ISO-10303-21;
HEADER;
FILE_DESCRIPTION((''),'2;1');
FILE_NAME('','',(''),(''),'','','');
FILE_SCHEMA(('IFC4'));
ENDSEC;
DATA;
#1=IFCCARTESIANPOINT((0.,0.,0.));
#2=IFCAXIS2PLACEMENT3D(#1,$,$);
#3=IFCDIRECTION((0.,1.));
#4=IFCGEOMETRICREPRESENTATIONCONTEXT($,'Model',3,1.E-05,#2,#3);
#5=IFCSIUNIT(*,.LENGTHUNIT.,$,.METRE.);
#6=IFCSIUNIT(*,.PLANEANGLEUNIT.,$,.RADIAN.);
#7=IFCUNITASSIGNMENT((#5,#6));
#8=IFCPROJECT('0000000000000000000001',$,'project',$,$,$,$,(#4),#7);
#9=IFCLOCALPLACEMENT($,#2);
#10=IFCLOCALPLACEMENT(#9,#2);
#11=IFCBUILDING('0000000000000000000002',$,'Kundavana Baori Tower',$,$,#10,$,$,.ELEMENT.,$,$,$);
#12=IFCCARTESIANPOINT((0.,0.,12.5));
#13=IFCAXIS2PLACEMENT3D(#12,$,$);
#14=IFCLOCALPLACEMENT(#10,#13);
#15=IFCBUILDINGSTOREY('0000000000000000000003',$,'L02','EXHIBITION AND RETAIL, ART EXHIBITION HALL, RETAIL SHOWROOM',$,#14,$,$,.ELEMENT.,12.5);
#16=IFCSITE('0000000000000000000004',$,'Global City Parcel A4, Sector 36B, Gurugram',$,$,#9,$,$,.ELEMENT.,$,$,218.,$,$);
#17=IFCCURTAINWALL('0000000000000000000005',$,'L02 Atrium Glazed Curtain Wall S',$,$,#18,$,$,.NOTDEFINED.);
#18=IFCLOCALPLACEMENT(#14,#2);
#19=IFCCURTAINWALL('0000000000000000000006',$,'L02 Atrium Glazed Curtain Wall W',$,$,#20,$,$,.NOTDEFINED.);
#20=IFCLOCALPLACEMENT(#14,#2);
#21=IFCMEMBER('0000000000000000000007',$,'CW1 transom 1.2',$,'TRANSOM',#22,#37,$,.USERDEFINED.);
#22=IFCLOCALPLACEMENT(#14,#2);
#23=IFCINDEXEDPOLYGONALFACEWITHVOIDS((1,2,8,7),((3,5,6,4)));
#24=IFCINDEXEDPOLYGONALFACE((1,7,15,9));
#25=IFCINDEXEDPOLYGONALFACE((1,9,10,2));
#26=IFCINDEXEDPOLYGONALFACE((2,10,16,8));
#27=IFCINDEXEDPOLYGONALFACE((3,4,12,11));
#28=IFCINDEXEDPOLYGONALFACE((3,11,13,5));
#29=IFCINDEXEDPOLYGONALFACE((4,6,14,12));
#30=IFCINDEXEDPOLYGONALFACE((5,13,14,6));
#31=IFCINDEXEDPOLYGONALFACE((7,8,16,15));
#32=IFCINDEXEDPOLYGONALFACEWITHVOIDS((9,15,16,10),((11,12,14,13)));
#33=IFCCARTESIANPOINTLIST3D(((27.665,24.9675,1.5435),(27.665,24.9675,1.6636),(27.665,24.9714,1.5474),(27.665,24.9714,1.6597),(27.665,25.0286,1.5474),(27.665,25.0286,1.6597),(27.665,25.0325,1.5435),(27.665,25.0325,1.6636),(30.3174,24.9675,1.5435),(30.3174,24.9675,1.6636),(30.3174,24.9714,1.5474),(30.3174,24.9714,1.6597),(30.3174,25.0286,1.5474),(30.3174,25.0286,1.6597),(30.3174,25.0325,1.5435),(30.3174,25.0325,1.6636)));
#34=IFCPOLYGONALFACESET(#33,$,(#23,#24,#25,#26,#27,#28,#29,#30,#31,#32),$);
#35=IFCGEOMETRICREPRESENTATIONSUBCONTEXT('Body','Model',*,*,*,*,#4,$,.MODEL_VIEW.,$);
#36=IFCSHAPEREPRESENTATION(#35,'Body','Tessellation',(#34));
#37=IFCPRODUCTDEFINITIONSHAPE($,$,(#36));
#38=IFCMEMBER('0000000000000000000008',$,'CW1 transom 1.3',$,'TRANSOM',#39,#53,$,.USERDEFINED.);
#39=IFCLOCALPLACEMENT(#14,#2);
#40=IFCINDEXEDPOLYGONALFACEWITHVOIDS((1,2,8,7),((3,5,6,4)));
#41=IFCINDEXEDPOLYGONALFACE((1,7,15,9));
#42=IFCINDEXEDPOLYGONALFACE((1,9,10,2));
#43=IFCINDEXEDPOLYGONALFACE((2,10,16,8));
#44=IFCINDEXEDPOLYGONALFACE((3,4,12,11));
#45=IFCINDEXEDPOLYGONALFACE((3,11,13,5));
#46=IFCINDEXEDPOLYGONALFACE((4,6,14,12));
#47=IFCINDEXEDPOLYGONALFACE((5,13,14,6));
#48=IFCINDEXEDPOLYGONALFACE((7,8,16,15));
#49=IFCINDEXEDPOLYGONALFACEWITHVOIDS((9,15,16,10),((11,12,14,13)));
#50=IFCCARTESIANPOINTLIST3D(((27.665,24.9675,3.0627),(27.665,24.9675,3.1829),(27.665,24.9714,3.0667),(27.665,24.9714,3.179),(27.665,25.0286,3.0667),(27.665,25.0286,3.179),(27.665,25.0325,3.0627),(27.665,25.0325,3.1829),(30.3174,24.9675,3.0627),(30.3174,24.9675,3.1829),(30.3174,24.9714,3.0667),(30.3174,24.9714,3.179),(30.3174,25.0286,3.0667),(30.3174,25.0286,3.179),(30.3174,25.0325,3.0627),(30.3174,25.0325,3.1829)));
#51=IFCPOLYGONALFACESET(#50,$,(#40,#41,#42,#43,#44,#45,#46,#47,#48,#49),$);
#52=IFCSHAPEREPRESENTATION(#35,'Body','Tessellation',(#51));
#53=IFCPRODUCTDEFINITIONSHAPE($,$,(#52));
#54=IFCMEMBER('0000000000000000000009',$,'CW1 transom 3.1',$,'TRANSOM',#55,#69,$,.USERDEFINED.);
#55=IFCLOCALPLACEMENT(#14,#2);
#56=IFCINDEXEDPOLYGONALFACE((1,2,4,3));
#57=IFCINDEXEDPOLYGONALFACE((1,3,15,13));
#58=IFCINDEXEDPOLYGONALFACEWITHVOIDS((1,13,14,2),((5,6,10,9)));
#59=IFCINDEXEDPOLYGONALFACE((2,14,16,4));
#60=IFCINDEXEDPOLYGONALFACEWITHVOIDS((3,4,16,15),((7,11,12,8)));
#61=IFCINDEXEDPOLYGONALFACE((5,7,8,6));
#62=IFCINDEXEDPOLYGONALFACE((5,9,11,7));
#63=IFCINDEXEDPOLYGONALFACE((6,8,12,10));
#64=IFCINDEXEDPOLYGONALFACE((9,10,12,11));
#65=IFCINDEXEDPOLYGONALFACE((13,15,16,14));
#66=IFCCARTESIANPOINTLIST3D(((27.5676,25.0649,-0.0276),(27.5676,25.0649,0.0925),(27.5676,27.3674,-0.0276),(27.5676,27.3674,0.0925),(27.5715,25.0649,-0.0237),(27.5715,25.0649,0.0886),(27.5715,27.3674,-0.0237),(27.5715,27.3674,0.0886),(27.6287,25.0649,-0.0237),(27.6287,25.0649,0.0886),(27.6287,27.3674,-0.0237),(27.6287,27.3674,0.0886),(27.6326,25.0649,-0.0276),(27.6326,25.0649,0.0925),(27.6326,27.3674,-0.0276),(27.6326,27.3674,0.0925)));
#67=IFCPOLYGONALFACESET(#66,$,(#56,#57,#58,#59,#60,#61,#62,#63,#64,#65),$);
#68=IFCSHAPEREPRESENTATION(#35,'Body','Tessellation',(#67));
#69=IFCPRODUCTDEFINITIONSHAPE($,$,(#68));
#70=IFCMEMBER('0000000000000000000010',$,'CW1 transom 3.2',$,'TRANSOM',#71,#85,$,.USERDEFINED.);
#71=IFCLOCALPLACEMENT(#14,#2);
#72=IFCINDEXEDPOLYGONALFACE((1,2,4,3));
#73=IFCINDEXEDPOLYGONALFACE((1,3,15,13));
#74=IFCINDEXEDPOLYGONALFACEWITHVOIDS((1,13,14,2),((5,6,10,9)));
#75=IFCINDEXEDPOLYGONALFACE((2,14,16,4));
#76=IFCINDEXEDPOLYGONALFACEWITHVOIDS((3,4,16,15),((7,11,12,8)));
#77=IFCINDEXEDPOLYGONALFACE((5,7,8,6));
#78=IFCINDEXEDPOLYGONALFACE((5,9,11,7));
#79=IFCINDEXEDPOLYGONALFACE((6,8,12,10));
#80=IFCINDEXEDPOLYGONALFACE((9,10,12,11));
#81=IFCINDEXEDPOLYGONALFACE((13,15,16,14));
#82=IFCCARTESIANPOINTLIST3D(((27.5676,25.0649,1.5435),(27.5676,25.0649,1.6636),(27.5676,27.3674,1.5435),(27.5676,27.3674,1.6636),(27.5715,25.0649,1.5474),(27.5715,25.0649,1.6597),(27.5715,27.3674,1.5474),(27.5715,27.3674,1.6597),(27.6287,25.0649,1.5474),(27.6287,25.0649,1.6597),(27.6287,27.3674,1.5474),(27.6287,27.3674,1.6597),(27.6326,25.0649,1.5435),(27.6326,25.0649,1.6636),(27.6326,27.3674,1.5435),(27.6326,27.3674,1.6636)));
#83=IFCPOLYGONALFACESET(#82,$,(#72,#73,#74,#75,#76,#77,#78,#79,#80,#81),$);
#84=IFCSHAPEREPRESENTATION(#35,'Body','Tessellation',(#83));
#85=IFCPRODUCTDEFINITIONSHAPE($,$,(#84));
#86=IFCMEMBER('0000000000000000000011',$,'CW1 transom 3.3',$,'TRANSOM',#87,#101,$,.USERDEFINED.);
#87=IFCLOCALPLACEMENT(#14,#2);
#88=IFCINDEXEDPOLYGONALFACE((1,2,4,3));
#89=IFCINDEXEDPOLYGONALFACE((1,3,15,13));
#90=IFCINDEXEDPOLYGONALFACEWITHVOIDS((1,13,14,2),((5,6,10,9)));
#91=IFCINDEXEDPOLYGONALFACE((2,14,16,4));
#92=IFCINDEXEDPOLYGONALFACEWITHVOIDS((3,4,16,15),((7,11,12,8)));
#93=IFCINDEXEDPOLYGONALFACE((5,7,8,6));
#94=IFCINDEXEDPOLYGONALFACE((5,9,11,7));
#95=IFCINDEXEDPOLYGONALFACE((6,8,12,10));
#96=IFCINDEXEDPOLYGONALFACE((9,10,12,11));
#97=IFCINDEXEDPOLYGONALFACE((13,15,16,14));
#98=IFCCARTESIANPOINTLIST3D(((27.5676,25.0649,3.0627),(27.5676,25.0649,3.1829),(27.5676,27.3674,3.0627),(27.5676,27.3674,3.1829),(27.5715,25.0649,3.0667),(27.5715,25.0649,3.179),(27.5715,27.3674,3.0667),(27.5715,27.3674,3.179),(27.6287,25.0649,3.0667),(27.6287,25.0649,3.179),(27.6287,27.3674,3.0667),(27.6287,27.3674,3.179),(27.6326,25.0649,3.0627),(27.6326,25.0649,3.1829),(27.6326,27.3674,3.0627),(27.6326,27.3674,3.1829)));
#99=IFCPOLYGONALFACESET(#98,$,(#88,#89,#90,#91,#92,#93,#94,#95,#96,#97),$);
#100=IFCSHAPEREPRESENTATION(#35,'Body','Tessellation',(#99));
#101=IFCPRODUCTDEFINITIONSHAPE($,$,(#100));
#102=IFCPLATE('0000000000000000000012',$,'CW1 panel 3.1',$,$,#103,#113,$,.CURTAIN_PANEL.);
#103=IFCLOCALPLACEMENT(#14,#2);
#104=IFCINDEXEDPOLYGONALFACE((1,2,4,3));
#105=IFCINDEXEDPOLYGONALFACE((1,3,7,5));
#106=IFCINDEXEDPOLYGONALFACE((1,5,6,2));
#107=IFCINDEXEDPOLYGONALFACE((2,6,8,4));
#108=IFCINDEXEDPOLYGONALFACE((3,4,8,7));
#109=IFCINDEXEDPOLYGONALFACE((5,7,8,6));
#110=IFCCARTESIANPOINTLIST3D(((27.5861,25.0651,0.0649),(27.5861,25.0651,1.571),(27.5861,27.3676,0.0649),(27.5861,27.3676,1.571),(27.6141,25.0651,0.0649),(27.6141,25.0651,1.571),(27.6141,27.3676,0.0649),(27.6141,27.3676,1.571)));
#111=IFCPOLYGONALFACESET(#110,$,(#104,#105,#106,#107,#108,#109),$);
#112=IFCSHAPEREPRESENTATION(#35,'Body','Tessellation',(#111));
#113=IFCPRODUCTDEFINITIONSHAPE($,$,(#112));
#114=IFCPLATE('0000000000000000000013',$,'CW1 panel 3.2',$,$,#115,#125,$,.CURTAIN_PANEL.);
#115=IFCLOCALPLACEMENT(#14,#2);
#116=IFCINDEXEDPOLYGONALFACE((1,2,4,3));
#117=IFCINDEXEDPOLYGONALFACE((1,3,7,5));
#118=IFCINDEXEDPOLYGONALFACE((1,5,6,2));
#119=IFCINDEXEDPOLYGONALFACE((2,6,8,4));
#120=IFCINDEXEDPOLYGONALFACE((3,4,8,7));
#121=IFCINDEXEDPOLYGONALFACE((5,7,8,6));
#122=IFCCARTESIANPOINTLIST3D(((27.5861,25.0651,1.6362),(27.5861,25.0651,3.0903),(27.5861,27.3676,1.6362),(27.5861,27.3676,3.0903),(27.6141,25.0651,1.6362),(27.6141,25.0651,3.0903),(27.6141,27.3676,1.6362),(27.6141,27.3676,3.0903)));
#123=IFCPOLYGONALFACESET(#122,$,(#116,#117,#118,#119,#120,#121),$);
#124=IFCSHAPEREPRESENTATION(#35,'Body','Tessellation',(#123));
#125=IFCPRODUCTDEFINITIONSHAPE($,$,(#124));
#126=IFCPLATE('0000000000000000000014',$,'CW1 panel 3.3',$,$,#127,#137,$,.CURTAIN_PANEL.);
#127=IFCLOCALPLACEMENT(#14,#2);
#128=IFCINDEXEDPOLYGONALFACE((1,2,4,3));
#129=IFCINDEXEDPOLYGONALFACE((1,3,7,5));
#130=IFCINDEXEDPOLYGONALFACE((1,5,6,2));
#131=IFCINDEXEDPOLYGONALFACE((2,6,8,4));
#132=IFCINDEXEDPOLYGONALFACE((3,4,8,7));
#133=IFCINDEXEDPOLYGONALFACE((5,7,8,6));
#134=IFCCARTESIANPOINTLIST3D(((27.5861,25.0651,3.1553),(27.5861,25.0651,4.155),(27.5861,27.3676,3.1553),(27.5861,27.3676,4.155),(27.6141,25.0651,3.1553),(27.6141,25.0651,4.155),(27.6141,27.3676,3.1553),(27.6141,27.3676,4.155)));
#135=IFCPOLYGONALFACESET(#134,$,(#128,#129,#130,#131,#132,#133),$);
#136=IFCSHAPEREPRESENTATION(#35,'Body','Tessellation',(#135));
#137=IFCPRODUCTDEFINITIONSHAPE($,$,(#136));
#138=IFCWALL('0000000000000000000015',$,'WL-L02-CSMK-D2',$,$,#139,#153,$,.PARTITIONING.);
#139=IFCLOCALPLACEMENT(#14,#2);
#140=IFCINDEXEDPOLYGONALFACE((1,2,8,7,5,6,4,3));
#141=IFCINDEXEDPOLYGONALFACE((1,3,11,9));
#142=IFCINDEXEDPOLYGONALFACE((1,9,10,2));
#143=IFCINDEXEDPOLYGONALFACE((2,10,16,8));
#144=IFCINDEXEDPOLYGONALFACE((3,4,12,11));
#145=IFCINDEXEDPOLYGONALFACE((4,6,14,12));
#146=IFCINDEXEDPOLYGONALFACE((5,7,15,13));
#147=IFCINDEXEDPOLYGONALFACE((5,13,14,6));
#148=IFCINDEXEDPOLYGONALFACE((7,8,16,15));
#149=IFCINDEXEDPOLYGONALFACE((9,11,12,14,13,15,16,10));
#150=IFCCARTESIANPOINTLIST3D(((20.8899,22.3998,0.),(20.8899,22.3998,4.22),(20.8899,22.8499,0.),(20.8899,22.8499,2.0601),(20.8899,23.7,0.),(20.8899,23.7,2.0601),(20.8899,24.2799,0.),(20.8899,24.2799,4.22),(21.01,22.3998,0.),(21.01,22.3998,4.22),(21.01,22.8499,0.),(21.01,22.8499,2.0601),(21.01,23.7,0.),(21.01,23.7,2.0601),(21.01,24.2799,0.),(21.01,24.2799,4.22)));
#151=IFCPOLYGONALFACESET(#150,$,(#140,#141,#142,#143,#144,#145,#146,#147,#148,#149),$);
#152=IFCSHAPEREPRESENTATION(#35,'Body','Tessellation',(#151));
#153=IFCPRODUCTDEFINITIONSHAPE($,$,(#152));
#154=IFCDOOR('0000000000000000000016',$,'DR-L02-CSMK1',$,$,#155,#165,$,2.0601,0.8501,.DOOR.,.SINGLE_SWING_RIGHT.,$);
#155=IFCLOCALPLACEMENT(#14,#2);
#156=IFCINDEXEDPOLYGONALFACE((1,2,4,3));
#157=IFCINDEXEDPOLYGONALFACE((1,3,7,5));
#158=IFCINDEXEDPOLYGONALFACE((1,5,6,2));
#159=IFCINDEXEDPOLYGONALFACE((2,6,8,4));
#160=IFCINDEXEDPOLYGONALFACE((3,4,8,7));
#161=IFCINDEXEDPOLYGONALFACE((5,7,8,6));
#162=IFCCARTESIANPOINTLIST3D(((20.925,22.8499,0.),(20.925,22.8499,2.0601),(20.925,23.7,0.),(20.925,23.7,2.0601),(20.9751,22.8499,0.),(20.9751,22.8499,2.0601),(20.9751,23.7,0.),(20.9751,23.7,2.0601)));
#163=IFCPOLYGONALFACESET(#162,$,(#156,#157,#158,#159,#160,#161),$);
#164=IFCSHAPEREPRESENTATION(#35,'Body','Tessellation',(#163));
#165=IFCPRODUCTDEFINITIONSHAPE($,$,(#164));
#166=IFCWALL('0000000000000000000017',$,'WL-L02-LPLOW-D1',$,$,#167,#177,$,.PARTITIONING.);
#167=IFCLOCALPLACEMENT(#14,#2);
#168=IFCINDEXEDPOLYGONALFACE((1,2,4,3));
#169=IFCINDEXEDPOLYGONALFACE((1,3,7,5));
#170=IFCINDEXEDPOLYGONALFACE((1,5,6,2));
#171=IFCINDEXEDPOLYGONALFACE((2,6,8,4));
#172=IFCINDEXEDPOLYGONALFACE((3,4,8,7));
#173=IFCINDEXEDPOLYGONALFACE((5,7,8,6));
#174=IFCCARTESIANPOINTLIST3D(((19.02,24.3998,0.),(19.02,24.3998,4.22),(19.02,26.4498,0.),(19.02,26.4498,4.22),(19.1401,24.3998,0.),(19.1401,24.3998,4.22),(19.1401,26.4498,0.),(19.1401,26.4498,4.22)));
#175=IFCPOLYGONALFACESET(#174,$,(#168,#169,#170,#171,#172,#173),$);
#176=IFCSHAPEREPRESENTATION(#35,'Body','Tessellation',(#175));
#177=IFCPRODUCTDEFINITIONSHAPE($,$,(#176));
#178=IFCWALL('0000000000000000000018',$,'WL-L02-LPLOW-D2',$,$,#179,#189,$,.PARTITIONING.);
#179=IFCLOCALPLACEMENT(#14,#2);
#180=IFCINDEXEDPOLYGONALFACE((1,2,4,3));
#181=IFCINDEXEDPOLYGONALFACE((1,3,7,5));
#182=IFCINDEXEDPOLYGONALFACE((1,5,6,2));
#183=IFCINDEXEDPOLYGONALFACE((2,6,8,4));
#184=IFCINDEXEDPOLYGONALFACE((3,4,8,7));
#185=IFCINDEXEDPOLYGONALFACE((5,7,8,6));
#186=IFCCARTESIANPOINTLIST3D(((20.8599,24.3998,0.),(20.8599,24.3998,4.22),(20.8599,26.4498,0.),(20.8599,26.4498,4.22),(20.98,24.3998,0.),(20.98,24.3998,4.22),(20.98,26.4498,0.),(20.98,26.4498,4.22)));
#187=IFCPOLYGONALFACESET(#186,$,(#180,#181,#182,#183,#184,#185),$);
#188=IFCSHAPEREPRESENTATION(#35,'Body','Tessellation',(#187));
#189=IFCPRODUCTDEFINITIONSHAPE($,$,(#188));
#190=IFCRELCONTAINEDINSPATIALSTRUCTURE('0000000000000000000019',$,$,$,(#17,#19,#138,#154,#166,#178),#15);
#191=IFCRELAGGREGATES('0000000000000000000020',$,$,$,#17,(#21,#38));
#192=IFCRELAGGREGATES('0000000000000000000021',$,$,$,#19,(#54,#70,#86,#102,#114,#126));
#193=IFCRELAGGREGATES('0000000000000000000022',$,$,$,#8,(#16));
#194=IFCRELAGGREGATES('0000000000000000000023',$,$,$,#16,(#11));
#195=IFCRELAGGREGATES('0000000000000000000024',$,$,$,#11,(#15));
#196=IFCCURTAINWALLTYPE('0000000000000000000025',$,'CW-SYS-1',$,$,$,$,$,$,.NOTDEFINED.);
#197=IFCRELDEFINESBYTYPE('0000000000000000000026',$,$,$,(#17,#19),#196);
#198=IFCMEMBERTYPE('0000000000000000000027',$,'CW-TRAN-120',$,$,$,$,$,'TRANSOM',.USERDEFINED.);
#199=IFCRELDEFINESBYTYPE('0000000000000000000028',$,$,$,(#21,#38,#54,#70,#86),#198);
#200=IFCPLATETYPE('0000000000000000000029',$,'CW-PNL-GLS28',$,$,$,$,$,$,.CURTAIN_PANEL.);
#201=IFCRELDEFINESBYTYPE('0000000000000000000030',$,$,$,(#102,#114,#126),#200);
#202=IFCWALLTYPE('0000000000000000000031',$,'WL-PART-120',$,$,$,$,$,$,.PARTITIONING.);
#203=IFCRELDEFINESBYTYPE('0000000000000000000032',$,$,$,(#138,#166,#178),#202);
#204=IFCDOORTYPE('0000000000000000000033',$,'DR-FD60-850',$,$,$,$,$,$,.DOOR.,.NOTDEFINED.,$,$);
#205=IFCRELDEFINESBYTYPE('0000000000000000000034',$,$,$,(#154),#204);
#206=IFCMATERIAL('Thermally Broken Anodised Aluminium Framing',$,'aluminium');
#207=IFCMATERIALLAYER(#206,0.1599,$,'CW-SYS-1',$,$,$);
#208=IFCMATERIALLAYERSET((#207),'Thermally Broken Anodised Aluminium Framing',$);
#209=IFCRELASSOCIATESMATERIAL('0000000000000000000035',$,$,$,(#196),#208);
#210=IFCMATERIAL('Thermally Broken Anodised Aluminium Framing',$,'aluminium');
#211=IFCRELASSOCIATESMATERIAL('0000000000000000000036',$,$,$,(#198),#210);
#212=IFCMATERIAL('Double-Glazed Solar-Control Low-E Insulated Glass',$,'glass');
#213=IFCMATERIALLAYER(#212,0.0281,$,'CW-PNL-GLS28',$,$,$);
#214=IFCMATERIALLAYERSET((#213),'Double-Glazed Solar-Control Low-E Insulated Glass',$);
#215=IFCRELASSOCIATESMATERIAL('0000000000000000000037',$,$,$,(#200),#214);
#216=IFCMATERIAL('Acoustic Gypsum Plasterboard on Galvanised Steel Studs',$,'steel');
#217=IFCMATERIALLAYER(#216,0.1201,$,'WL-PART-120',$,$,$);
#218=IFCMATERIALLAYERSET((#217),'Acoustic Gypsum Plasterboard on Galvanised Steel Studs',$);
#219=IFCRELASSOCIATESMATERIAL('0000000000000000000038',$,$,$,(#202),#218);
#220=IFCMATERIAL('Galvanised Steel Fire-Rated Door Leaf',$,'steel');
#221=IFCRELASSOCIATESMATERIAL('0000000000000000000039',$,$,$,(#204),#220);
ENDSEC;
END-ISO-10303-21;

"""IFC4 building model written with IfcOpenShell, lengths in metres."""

from ifc_helpers import new_model, si_unit, direction, frame, frame_2d, origin, origin_2d, place, context, subcontext, project, spatial, rectangle, hollow_rectangle, extrude, material, layer, layer_set, material_profile, profile_set, type_object, element, fill, aggregate, save


model = new_model("IFC4")

# Units and contexts
model_context = context("Model", 3, precision=1e-05, world=origin(), true_north=direction((0.0, 1.0)))
body_context = subcontext(model_context, "Body", "Model", "MODEL_VIEW")
ifc_project = project(units=[si_unit("LENGTHUNIT", "METRE"), si_unit("PLANEANGLEUNIT", "RADIAN")], contexts=[model_context])

# Site, building, storey
site_placement = place(None, origin())
site = spatial("IfcSite", under=ifc_project, at=site_placement, Name="Global City Parcel A4, Sector 36B, Gurugram", CompositionType="ELEMENT", RefElevation=218.0)
building_placement = place(site_placement, origin())
building = spatial("IfcBuilding", under=site, at=building_placement, Name="Kundavana Baori Tower", CompositionType="ELEMENT")
storey_placement = place(building_placement, frame((0.0, 0.0, 12.5)))
storey = spatial("IfcBuildingStorey", under=building, at=storey_placement, Name="L02", Description="EXHIBITION AND RETAIL, ART EXHIBITION HALL, RETAIL SHOWROOM", CompositionType="ELEMENT", Elevation=12.5)

# Curtain walls
ifc_material_1 = material(Name="Thermally Broken Anodised Aluminium Framing", Category="aluminium")
ifc_layer_1 = layer(ifc_material_1, 0.1599, Name="CW-SYS-1")
ifc_layer_set_1 = layer_set([ifc_layer_1], Name="Thermally Broken Anodised Aluminium Framing")
curtain_wall_type = type_object("IfcCurtainWallType", Name="CW-SYS-1", PredefinedType="NOTDEFINED", material=ifc_layer_set_1)
curtain_wall_1_placement = place(storey_placement, origin())
curtain_wall_1 = element("IfcCurtainWall", 1, at=curtain_wall_1_placement, inside=storey, type_object=curtain_wall_type, Name="L02 Atrium Glazed Curtain Wall S", PredefinedType="NOTDEFINED")
curtain_wall_2_placement = place(storey_placement, origin())
curtain_wall_2 = element("IfcCurtainWall", 2, at=curtain_wall_2_placement, inside=storey, type_object=curtain_wall_type, Name="L02 Atrium Glazed Curtain Wall W", PredefinedType="NOTDEFINED")

# Members
ifc_material_2 = material(Name="Thermally Broken Anodised Aluminium Framing", Category="aluminium")
ifc_material_profile_1 = material_profile(ifc_material_2, hollow_rectangle(XDim=0.0649, YDim=0.1201, WallThickness=0.0039, at=origin_2d()), Name="CW-TRAN-120")
ifc_profile_set_1 = profile_set([ifc_material_profile_1], Name="Thermally Broken Anodised Aluminium Framing")
member_type_1 = type_object("IfcMemberType", Name="CW-TRAN-120", ElementType="TRANSOM", PredefinedType="USERDEFINED", material=ifc_profile_set_1)
member_1_placement = place(storey_placement, frame((27.665, 25.0, 1.6035), z_axis=(1.0, 0.0, 0.0), x_axis=(0.0, 1.0, 0.0)))
member_1 = element("IfcMember", 3, at=member_1_placement, type_object=member_type_1, Name="CW1 transom 1.2", ObjectType="TRANSOM", PredefinedType="USERDEFINED", context=body_context, shape_type="SweptSolid", body=[
    extrude(hollow_rectangle(XDim=0.0649, YDim=0.1201, WallThickness=0.0039, at=origin_2d()), origin(), (0.0, 0.0, 1.0), 2.6523),
])
member_2_placement = place(storey_placement, frame((27.665, 25.0, 3.1228), z_axis=(1.0, 0.0, 0.0), x_axis=(0.0, 1.0, 0.0)))
member_2 = element("IfcMember", 4, at=member_2_placement, type_object=member_type_1, Name="CW1 transom 1.3", ObjectType="TRANSOM", PredefinedType="USERDEFINED", context=body_context, shape_type="SweptSolid", body=[
    extrude(hollow_rectangle(XDim=0.0649, YDim=0.1201, WallThickness=0.0039, at=origin_2d()), origin(), (0.0, 0.0, 1.0), 2.6523),
])
aggregate(curtain_wall_1, [member_1, member_2])
member_3_placement = place(storey_placement, frame((27.6001, 27.3674, 0.0325), z_axis=(0.0, -1.0, 0.0), x_axis=(1.0, 0.0, 0.0)))
member_3 = element("IfcMember", 5, at=member_3_placement, type_object=member_type_1, Name="CW1 transom 3.1", ObjectType="TRANSOM", PredefinedType="USERDEFINED", context=body_context, shape_type="SweptSolid", body=[
    extrude(hollow_rectangle(XDim=0.0649, YDim=0.1201, WallThickness=0.0039, at=origin_2d()), origin(), (0.0, 0.0, 1.0), 2.3025),
])
member_4_placement = place(storey_placement, frame((27.6001, 27.3674, 1.6035), z_axis=(0.0, -1.0, 0.0), x_axis=(1.0, 0.0, 0.0)))
member_4 = element("IfcMember", 6, at=member_4_placement, type_object=member_type_1, Name="CW1 transom 3.2", ObjectType="TRANSOM", PredefinedType="USERDEFINED", context=body_context, shape_type="SweptSolid", body=[
    extrude(hollow_rectangle(XDim=0.0649, YDim=0.1201, WallThickness=0.0039, at=origin_2d()), origin(), (0.0, 0.0, 1.0), 2.3025),
])
member_5_placement = place(storey_placement, frame((27.6001, 27.3674, 3.1228), z_axis=(0.0, -1.0, 0.0), x_axis=(1.0, 0.0, 0.0)))
member_5 = element("IfcMember", 7, at=member_5_placement, type_object=member_type_1, Name="CW1 transom 3.3", ObjectType="TRANSOM", PredefinedType="USERDEFINED", context=body_context, shape_type="SweptSolid", body=[
    extrude(hollow_rectangle(XDim=0.0649, YDim=0.1201, WallThickness=0.0039, at=origin_2d()), origin(), (0.0, 0.0, 1.0), 2.3025),
])

# Plates
ifc_material_3 = material(Name="Double-Glazed Solar-Control Low-E Insulated Glass", Category="glass")
ifc_layer_2 = layer(ifc_material_3, 0.0281, Name="CW-PNL-GLS28")
ifc_layer_set_2 = layer_set([ifc_layer_2], Name="Double-Glazed Solar-Control Low-E Insulated Glass")
plate_type = type_object("IfcPlateType", Name="CW-PNL-GLS28", PredefinedType="CURTAIN_PANEL", material=ifc_layer_set_2)
plate_1_placement = place(storey_placement, frame((27.6001, 26.2163, 0.0649), z_axis=(0.0, 0.0, 1.0), x_axis=(0.0, -1.0, 0.0)))
plate_1 = element("IfcPlate", 8, at=plate_1_placement, type_object=plate_type, Name="CW1 panel 3.1", PredefinedType="CURTAIN_PANEL", context=body_context, shape_type="SweptSolid", body=[
    extrude(rectangle(XDim=2.3025, YDim=0.0281, at=origin_2d()), origin(), (0.0, 0.0, 1.0), 1.5061),
])
plate_2_placement = place(storey_placement, frame((27.6001, 26.2163, 1.6362), z_axis=(0.0, 0.0, 1.0), x_axis=(0.0, -1.0, 0.0)))
plate_2 = element("IfcPlate", 9, at=plate_2_placement, type_object=plate_type, Name="CW1 panel 3.2", PredefinedType="CURTAIN_PANEL", context=body_context, shape_type="SweptSolid", body=[
    extrude(rectangle(XDim=2.3025, YDim=0.0281, at=origin_2d()), origin(), (0.0, 0.0, 1.0), 1.4541),
])
plate_3_placement = place(storey_placement, frame((27.6001, 26.2163, 3.1553), z_axis=(0.0, 0.0, 1.0), x_axis=(0.0, -1.0, 0.0)))
plate_3 = element("IfcPlate", 10, at=plate_3_placement, type_object=plate_type, Name="CW1 panel 3.3", PredefinedType="CURTAIN_PANEL", context=body_context, shape_type="SweptSolid", body=[
    extrude(rectangle(XDim=2.3025, YDim=0.0281, at=origin_2d()), origin(), (0.0, 0.0, 1.0), 0.9998),
])
aggregate(curtain_wall_2, [member_3, member_4, member_5, plate_1, plate_2, plate_3])

# Wall, opening, door
ifc_material_4 = material(Name="Acoustic Gypsum Plasterboard on Galvanised Steel Studs", Category="steel")
ifc_layer_3 = layer(ifc_material_4, 0.1201, Name="WL-PART-120")
ifc_layer_set_3 = layer_set([ifc_layer_3], Name="Acoustic Gypsum Plasterboard on Galvanised Steel Studs")
wall_type = type_object("IfcWallType", Name="WL-PART-120", PredefinedType="PARTITIONING", material=ifc_layer_set_3)
wall_placement = place(storey_placement, frame((20.95, 22.3999, 0.0), z_axis=(0.0, 0.0, 1.0), x_axis=(0.0, 1.0, 0.0)))
wall = element("IfcWall", 11, at=wall_placement, inside=storey, type_object=wall_type, Name="WL-L02-CSMK-D2", PredefinedType="PARTITIONING", context=body_context, shape_type="SweptSolid", body=[
    extrude(rectangle(XDim=1.8801, YDim=0.1201, at=frame_2d((0.9399, 0.0))), origin(), (0.0, 0.0, 1.0), 4.22),
])
opening_placement = place(wall_placement, frame((0.45, 0.0, 0.0)))
opening = element("IfcOpeningElement", 12, at=opening_placement, cuts=wall, PredefinedType="OPENING", context=body_context, shape_type="SweptSolid", body=[
    extrude(rectangle(XDim=0.8501, YDim=2.0601, at=frame_2d((0.425, 1.03))), frame((0.0, 0.0701, 0.0), z_axis=(0.0, -1.0, 0.0), x_axis=(1.0, 0.0, 0.0)), (0.0, 0.0, 1.0), 0.1401),
])
ifc_material_5 = material(Name="Galvanised Steel Fire-Rated Door Leaf", Category="steel")
door_type = type_object("IfcDoorType", Name="DR-FD60-850", OperationType="NOTDEFINED", PredefinedType="DOOR", material=ifc_material_5)
door_placement = place(opening_placement, origin())
door = element("IfcDoor", 13, at=door_placement, inside=storey, type_object=door_type, Name="DR-L02-CSMK1", OperationType="SINGLE_SWING_RIGHT", OverallHeight=2.0601, OverallWidth=0.8501, PredefinedType="DOOR", context=body_context, shape_type="SweptSolid", body=[
    extrude(rectangle(XDim=0.8501, YDim=2.0601, at=frame_2d((0.425, 1.03))), frame((0.0, 0.0249, 0.0), z_axis=(0.0, -1.0, 0.0), x_axis=(1.0, 0.0, 0.0)), (0.0, 0.0, 1.0), 0.05),
])
fill(opening, door)

# Walls
for number, where, z_axis, x_axis, name in (
    (14, (19.0801, 24.3999, 0.0), (0.0, 0.0, 1.0), (0.0, 1.0, 0.0), "WL-L02-LPLOW-D1"),
    (15, (20.9199, 24.3999, 0.0), (0.0, 0.0, 1.0), (0.0, 1.0, 0.0), "WL-L02-LPLOW-D2"),
):
    element("IfcWall", number, at=place(storey_placement, frame(where, z_axis=z_axis, x_axis=x_axis)), inside=storey, type_object=wall_type, Name=name, PredefinedType="PARTITIONING", context=body_context, shape_type="SweptSolid", body=[
        extrude(rectangle(XDim=2.05, YDim=0.1201, at=frame_2d((1.0249, 0.0))), origin(), (0.0, 0.0, 1.0), 4.22),
    ])

save(model, "model.ifc")
